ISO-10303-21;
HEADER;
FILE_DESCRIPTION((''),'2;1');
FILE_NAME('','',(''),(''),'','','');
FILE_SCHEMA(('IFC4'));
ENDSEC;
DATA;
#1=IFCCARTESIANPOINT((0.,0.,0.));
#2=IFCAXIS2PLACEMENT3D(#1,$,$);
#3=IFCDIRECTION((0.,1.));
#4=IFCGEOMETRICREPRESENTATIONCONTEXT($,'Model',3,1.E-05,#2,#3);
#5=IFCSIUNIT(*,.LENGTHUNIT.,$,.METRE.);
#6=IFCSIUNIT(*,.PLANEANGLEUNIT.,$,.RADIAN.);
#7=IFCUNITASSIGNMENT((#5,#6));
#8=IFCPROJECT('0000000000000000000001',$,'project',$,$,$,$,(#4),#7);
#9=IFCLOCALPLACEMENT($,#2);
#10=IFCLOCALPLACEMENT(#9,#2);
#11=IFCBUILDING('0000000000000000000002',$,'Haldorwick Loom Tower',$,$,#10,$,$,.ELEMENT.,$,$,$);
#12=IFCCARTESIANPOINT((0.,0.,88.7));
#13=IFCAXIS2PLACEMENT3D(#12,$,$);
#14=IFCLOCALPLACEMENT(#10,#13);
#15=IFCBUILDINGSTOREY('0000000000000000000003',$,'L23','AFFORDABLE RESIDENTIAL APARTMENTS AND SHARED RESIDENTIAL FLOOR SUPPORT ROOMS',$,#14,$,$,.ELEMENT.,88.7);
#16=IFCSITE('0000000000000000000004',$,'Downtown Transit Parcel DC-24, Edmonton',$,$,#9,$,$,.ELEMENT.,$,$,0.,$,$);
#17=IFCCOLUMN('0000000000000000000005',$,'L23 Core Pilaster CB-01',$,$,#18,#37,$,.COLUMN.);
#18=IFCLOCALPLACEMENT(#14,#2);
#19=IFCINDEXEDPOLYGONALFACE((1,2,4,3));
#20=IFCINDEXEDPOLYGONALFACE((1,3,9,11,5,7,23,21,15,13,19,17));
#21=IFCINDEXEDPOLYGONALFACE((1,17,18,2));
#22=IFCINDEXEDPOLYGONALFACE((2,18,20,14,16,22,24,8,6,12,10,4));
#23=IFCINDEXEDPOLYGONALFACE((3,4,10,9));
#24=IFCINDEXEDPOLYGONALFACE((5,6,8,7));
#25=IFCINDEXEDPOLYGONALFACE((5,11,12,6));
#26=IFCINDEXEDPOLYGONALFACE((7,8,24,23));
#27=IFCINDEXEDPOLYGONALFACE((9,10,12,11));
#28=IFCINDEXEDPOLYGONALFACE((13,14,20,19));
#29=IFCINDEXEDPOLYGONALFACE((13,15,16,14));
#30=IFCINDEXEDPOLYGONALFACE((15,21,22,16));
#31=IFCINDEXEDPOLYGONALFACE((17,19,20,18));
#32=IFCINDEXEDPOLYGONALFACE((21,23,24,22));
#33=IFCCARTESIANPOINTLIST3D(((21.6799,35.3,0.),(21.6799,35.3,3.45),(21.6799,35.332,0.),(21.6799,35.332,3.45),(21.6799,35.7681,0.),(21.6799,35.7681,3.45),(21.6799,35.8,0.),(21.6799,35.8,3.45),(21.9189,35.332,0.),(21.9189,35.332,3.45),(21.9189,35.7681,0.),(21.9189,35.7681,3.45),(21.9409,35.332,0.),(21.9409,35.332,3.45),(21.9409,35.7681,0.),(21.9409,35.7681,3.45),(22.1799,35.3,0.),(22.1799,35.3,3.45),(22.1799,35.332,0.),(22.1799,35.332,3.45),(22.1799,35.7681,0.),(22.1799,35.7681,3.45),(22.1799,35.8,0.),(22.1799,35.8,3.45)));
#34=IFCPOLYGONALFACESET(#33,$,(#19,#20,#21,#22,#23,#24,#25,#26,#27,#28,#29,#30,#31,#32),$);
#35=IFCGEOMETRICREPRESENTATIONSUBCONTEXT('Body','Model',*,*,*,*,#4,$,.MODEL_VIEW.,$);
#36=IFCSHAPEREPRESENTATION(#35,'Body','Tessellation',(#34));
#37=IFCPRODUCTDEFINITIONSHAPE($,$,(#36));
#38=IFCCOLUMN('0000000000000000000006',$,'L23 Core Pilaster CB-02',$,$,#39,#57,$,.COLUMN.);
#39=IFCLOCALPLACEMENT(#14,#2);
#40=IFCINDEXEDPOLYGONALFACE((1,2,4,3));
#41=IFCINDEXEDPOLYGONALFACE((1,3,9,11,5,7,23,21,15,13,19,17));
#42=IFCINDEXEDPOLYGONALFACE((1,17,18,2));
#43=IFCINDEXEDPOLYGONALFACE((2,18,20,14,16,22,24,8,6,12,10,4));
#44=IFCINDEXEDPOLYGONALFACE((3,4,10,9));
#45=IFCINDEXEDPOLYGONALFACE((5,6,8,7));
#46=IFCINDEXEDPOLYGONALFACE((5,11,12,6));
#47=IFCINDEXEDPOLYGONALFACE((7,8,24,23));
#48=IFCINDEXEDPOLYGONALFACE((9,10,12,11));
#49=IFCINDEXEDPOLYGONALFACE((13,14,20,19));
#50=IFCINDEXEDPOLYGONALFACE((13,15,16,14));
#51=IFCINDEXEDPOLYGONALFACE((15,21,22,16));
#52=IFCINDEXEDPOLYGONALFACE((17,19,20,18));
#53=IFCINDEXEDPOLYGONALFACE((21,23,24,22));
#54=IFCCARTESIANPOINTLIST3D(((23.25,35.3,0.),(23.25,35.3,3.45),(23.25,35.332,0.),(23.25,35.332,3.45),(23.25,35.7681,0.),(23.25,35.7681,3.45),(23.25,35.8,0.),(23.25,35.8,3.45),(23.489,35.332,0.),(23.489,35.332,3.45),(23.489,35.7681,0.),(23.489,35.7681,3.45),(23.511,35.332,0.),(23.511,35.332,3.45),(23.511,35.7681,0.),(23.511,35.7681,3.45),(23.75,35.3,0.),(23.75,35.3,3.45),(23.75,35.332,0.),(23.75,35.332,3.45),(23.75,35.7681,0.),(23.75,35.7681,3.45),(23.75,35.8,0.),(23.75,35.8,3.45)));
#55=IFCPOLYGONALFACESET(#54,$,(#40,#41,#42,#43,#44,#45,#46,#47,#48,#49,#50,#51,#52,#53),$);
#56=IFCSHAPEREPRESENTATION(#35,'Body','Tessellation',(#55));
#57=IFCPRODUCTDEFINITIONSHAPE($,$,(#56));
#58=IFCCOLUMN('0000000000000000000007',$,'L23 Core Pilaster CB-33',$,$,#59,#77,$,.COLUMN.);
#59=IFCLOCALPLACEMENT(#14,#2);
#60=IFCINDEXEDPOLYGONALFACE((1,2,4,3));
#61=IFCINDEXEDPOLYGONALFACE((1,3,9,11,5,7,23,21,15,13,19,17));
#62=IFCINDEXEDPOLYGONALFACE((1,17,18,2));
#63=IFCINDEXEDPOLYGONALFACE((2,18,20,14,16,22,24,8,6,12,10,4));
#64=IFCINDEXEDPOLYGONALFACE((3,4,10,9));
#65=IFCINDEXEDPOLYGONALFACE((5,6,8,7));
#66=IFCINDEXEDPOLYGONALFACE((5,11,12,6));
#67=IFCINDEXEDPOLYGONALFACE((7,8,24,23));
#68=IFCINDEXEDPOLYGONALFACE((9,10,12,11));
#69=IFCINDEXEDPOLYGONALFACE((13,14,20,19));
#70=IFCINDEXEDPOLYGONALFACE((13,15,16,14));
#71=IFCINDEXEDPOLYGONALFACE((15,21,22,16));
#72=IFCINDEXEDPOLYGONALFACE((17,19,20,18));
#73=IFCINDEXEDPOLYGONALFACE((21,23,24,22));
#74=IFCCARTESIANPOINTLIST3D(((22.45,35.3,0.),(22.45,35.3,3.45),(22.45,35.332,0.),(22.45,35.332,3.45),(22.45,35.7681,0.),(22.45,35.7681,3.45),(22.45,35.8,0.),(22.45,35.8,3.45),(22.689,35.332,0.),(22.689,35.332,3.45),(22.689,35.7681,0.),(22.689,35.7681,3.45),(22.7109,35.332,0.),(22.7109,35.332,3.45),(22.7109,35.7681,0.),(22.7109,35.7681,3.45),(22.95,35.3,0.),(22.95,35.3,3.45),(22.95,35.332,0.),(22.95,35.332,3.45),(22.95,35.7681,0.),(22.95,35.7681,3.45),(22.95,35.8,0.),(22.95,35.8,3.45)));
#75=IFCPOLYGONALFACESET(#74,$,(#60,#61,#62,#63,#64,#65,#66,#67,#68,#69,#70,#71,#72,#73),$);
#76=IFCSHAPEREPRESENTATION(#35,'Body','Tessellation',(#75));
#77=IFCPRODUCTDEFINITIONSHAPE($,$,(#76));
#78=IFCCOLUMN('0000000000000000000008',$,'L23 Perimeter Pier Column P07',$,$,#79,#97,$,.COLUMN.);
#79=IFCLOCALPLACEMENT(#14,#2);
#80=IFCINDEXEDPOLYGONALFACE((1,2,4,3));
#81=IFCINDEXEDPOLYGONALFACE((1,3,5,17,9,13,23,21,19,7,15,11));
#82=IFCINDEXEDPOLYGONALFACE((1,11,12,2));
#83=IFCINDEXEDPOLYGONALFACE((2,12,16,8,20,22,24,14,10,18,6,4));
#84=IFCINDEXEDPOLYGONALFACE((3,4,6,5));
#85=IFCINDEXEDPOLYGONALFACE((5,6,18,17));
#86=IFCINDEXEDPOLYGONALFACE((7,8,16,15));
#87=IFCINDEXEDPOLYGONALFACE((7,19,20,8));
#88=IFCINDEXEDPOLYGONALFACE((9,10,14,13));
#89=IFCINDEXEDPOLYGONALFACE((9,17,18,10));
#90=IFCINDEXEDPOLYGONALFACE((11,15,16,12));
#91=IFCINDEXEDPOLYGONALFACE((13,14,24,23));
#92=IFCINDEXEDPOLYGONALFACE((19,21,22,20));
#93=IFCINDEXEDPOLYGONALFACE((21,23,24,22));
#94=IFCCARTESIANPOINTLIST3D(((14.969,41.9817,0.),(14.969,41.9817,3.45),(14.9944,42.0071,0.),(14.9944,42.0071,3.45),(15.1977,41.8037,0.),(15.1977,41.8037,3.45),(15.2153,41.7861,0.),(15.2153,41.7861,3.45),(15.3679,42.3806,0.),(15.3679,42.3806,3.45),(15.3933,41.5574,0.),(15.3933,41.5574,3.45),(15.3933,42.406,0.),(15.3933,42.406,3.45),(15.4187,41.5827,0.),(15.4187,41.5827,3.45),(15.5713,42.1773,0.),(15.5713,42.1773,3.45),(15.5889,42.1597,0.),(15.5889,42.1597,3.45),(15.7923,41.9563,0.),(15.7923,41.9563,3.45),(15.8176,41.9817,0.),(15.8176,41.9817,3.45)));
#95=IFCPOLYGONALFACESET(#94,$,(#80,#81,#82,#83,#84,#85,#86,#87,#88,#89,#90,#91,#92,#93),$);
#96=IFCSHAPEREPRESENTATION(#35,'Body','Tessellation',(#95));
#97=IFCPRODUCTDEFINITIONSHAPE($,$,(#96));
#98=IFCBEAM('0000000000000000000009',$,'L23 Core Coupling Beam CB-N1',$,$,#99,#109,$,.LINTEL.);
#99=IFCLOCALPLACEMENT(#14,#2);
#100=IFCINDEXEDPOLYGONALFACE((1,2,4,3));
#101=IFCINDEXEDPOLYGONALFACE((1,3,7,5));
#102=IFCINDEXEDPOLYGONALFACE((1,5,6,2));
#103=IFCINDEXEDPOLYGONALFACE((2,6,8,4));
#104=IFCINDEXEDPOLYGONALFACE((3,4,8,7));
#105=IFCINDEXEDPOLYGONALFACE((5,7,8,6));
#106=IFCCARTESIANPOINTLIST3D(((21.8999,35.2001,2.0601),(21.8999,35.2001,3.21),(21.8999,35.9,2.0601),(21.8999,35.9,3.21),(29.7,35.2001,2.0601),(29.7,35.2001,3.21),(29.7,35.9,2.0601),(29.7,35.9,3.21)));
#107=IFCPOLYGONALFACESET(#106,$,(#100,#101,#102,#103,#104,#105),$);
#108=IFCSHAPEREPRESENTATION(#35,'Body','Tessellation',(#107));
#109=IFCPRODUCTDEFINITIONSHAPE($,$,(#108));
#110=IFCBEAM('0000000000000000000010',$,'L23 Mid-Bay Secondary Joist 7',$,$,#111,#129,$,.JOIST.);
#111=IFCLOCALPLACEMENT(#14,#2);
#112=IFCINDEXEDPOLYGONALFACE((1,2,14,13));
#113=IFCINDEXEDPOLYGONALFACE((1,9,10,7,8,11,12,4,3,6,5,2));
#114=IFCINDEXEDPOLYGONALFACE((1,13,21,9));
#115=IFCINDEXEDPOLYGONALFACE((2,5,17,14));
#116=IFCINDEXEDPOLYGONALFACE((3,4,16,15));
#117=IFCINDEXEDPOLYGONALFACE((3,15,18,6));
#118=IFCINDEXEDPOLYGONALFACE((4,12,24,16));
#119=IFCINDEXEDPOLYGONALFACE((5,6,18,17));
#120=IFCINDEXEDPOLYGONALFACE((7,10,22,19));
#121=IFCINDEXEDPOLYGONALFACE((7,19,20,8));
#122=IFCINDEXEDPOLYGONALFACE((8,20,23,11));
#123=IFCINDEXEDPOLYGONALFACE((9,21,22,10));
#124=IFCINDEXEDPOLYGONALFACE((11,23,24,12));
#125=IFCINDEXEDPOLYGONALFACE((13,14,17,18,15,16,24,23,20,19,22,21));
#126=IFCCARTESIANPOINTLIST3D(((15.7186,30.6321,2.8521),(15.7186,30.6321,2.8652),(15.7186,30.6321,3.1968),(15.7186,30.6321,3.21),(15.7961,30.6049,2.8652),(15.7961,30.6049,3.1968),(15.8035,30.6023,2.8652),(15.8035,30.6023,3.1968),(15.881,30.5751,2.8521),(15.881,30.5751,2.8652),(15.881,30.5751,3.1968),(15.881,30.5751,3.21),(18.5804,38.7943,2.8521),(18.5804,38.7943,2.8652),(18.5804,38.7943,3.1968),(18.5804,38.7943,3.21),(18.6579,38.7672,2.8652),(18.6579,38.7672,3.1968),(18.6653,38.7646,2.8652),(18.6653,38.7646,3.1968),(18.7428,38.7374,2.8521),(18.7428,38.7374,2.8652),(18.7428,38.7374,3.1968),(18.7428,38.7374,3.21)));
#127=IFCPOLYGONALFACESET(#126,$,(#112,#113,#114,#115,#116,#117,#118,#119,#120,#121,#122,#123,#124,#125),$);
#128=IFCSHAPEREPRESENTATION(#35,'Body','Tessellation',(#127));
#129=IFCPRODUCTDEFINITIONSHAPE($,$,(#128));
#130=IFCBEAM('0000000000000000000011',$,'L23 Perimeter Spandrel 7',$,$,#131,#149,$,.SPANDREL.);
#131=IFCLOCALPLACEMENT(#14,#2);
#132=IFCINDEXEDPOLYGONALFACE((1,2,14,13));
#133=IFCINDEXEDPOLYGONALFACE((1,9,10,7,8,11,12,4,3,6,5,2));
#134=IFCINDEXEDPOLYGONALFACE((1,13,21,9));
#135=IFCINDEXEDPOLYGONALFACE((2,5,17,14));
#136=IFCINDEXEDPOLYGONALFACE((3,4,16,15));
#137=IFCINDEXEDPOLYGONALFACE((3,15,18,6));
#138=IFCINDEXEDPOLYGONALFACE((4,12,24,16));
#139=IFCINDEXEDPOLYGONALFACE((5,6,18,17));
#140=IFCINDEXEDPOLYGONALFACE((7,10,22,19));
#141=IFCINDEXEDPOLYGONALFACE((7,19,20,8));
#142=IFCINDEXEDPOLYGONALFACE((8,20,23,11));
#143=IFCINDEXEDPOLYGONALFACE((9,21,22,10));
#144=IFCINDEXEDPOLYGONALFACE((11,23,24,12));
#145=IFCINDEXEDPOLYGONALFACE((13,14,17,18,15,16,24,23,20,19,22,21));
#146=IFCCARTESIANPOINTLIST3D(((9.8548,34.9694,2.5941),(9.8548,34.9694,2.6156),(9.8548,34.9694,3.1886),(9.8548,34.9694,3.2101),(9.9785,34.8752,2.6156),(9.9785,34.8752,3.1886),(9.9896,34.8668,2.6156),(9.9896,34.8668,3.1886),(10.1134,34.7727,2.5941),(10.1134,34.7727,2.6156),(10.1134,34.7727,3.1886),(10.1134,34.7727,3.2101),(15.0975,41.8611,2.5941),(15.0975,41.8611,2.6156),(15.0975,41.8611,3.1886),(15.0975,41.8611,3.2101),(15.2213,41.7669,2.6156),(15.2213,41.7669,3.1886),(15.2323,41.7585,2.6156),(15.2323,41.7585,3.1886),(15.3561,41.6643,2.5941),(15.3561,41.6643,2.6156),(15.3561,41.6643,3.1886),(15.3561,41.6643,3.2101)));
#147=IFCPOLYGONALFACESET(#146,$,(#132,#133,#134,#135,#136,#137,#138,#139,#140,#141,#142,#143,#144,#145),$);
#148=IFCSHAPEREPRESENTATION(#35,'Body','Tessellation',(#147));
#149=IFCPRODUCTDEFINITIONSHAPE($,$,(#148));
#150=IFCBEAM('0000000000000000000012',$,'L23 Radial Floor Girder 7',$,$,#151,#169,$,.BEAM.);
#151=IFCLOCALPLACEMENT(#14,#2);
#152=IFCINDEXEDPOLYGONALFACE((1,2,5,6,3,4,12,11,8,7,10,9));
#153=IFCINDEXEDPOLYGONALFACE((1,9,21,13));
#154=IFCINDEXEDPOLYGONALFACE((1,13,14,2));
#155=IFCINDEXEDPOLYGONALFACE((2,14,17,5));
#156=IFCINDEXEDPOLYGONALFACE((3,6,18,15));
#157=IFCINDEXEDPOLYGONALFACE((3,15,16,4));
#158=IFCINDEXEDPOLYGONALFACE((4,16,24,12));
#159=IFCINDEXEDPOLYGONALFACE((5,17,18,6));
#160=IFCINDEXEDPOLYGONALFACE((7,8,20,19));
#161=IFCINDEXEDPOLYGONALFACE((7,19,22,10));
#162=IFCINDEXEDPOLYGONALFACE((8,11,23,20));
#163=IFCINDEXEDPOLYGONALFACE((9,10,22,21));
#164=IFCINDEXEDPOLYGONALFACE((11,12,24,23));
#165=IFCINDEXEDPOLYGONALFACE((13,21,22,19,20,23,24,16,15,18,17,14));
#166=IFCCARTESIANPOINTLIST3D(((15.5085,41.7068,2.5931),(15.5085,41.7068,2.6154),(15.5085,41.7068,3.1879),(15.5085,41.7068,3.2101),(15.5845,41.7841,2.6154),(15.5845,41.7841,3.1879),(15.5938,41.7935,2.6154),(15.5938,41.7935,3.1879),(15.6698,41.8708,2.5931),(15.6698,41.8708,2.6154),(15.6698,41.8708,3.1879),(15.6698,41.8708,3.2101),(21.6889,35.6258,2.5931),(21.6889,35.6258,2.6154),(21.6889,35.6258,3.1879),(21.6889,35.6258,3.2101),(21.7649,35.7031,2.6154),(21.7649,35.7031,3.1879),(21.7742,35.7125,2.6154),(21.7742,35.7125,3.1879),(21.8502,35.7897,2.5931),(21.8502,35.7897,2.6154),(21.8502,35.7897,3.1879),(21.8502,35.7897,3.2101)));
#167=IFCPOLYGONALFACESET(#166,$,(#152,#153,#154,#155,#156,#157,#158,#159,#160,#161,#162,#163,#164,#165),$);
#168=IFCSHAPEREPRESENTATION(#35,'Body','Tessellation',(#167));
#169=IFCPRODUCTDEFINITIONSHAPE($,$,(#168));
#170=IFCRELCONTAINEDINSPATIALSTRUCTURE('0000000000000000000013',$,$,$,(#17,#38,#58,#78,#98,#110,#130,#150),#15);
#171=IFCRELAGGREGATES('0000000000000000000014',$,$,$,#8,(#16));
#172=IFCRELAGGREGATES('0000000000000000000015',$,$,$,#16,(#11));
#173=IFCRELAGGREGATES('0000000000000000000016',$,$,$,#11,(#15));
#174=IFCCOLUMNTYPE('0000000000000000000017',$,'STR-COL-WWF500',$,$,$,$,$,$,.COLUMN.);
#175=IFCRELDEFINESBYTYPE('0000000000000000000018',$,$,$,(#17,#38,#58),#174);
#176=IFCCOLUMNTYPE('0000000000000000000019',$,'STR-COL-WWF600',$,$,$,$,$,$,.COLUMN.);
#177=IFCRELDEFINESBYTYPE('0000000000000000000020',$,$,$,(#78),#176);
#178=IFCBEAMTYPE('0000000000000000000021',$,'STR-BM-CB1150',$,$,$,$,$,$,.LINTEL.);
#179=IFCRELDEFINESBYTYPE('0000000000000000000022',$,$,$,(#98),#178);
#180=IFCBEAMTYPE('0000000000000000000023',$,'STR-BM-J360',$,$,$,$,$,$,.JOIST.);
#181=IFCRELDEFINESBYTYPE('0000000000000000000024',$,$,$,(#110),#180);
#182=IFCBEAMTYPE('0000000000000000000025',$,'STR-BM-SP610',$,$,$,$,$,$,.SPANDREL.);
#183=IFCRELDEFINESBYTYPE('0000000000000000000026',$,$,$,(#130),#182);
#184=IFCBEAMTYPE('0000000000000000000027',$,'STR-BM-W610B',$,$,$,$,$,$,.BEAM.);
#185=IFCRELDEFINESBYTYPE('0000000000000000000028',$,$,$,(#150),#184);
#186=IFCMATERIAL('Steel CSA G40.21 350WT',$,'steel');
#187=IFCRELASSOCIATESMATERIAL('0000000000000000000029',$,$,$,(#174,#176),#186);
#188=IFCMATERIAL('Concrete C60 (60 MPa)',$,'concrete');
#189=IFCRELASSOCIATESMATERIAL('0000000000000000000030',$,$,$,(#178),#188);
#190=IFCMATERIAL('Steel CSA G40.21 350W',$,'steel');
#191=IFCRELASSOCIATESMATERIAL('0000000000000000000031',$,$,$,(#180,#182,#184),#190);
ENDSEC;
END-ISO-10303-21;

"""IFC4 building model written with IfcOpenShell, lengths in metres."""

from ifc_helpers import new_model, si_unit, direction, frame, origin, origin_2d, place, context, subcontext, project, spatial, rectangle, i_section, extrude, material, material_profile, profile_set, type_object, element, save


model = new_model("IFC4")

# Units and contexts
model_context = context("Model", 3, precision=1e-05, world=origin(), true_north=direction((0.0, 1.0)))
body_context = subcontext(model_context, "Body", "Model", "MODEL_VIEW")
ifc_project = project(units=[si_unit("LENGTHUNIT", "METRE"), si_unit("PLANEANGLEUNIT", "RADIAN")], contexts=[model_context])

# Site, building, storey
site_placement = place(None, origin())
site = spatial("IfcSite", under=ifc_project, at=site_placement, Name="Downtown Transit Parcel DC-24, Edmonton", CompositionType="ELEMENT", RefElevation=0.0)
building_placement = place(site_placement, origin())
building = spatial("IfcBuilding", under=site, at=building_placement, Name="Haldorwick Loom Tower", CompositionType="ELEMENT")
storey_placement = place(building_placement, frame((0.0, 0.0, 88.7)))
storey = spatial("IfcBuildingStorey", under=building, at=storey_placement, Name="L23", Description="AFFORDABLE RESIDENTIAL APARTMENTS AND SHARED RESIDENTIAL FLOOR SUPPORT ROOMS", CompositionType="ELEMENT", Elevation=88.7)

# Columns
ifc_material_1 = material(Name="Steel CSA G40.21 350WT", Category="steel")
ifc_material_profile_1 = material_profile(ifc_material_1, i_section(OverallWidth=0.5, OverallDepth=0.5, WebThickness=0.022, FlangeThickness=0.032, at=origin_2d()), Name="WWF500X500", Category="steel")
ifc_profile_set_1 = profile_set([ifc_material_profile_1], Name="Steel CSA G40.21 350WT")
column_type_1 = type_object("IfcColumnType", Name="STR-COL-WWF500", PredefinedType="COLUMN", material=ifc_profile_set_1)
for number, where, z_axis, x_axis, name in (
    (1, (21.9299, 35.55, 0.0), (0.0, 0.0, 1.0), (1.0, 0.0, 0.0), "L23 Core Pilaster CB-01"),
    (2, (23.5, 35.55, 0.0), (0.0, 0.0, 1.0), (1.0, 0.0, 0.0), "L23 Core Pilaster CB-02"),
    (3, (22.7, 35.55, 0.0), (0.0, 0.0, 1.0), (1.0, 0.0, 0.0), "L23 Core Pilaster CB-33"),
):
    element("IfcColumn", number, at=place(storey_placement, frame(where, z_axis=z_axis, x_axis=x_axis)), inside=storey, type_object=column_type_1, Name=name, PredefinedType="COLUMN", context=body_context, shape_type="SweptSolid", body=[
        extrude(i_section(OverallWidth=0.5, OverallDepth=0.5, WebThickness=0.022, FlangeThickness=0.032, at=origin_2d()), origin(), (0.0, 0.0, 1.0), 3.45),
    ])
ifc_material_profile_2 = material_profile(ifc_material_1, i_section(OverallWidth=0.6001, OverallDepth=0.6001, WebThickness=0.0249, FlangeThickness=0.0359, at=origin_2d()), Name="WWF600X600", Category="steel")
ifc_profile_set_2 = profile_set([ifc_material_profile_2], Name="Steel CSA G40.21 350WT")
column_type_2 = type_object("IfcColumnType", Name="STR-COL-WWF600", PredefinedType="COLUMN", material=ifc_profile_set_2)
column_placement = place(storey_placement, frame((15.3933, 41.9817, 0.0), z_axis=(0.0, 0.0, 1.0), x_axis=(-0.707107, 0.707107, 0.0)))
element("IfcColumn", 4, at=column_placement, inside=storey, type_object=column_type_2, Name="L23 Perimeter Pier Column P07", PredefinedType="COLUMN", context=body_context, shape_type="SweptSolid", body=[
    extrude(i_section(OverallWidth=0.6001, OverallDepth=0.6001, WebThickness=0.0249, FlangeThickness=0.0359, at=origin_2d()), origin(), (0.0, 0.0, 1.0), 3.45),
])

# Beams
ifc_material_2 = material(Name="Concrete C60 (60 MPa)", Category="concrete")
ifc_material_profile_3 = material_profile(ifc_material_2, rectangle(XDim=0.7, YDim=1.1499, at=origin_2d()), Name="RC700X1150", Category="concrete")
ifc_profile_set_3 = profile_set([ifc_material_profile_3], Name="Concrete C60 (60 MPa)")
beam_type_1 = type_object("IfcBeamType", Name="STR-BM-CB1150", PredefinedType="LINTEL", material=ifc_profile_set_3)
beam_1_placement = place(storey_placement, frame((21.8999, 35.55, 2.635), z_axis=(1.0, 0.0, 0.0), x_axis=(0.0, 1.0, 0.0)))
element("IfcBeam", 5, at=beam_1_placement, inside=storey, type_object=beam_type_1, Name="L23 Core Coupling Beam CB-N1", PredefinedType="LINTEL", context=body_context, shape_type="SweptSolid", body=[
    extrude(rectangle(XDim=0.7, YDim=1.1499, at=origin_2d()), origin(), (0.0, 0.0, 1.0), 7.8),
])
ifc_material_3 = material(Name="Steel CSA G40.21 350W", Category="steel")
ifc_material_profile_4 = material_profile(ifc_material_3, i_section(OverallWidth=0.1721, OverallDepth=0.3579, WebThickness=0.0078, FlangeThickness=0.0132, at=origin_2d()), Name="W360X57", Category="steel")
ifc_profile_set_4 = profile_set([ifc_material_profile_4], Name="Steel CSA G40.21 350W")
beam_type_2 = type_object("IfcBeamType", Name="STR-BM-J360", PredefinedType="JOIST", material=ifc_profile_set_4)
beam_2_placement = place(storey_placement, frame((18.6616, 38.7659, 3.031), z_axis=(-0.330865, -0.943678, 0.0), x_axis=(0.943678, -0.330865, 0.0)))
element("IfcBeam", 6, at=beam_2_placement, inside=storey, type_object=beam_type_2, Name="L23 Mid-Bay Secondary Joist 7", PredefinedType="JOIST", context=body_context, shape_type="SweptSolid", body=[
    extrude(i_section(OverallWidth=0.1721, OverallDepth=0.3579, WebThickness=0.0078, FlangeThickness=0.0132, at=origin_2d()), origin(), (0.0, 0.0, 1.0), 8.6494),
])
ifc_material_profile_5 = material_profile(ifc_material_3, i_section(OverallWidth=0.325, OverallDepth=0.616, WebThickness=0.0139, FlangeThickness=0.0215, at=origin_2d()), Name="W610X174", Category="steel")
ifc_profile_set_5 = profile_set([ifc_material_profile_5], Name="Steel CSA G40.21 350W")
beam_type_3 = type_object("IfcBeamType", Name="STR-BM-SP610", PredefinedType="SPANDREL", material=ifc_profile_set_5)
beam_3_placement = place(storey_placement, frame((15.2268, 41.7627, 2.9021), z_axis=(-0.605454, -0.795881, 0.0), x_axis=(0.795881, -0.605454, 0.0)))
element("IfcBeam", 7, at=beam_3_placement, inside=storey, type_object=beam_type_3, Name="L23 Perimeter Spandrel 7", PredefinedType="SPANDREL", context=body_context, shape_type="SweptSolid", body=[
    extrude(i_section(OverallWidth=0.325, OverallDepth=0.616, WebThickness=0.0139, FlangeThickness=0.0215, at=origin_2d()), origin(), (0.0, 0.0, 1.0), 8.6592),
])
ifc_material_profile_6 = material_profile(ifc_material_3, i_section(OverallWidth=0.23, OverallDepth=0.6169, WebThickness=0.0132, FlangeThickness=0.0222, at=origin_2d()), Name="W610X140", Category="steel")
ifc_profile_set_6 = profile_set([ifc_material_profile_6], Name="Steel CSA G40.21 350W")
beam_type_4 = type_object("IfcBeamType", Name="STR-BM-W610B", PredefinedType="BEAM", material=ifc_profile_set_6)
beam_4_placement = place(storey_placement, frame((21.7695, 35.7078, 2.9016), z_axis=(-0.712814, 0.701353, 0.0), x_axis=(-0.701353, -0.712814, 0.0)))
element("IfcBeam", 8, at=beam_4_placement, inside=storey, type_object=beam_type_4, Name="L23 Radial Floor Girder 7", PredefinedType="BEAM", context=body_context, shape_type="SweptSolid", body=[
    extrude(i_section(OverallWidth=0.23, OverallDepth=0.6169, WebThickness=0.0132, FlangeThickness=0.0222, at=origin_2d()), origin(), (0.0, 0.0, 1.0), 8.6704),
])

save(model, "model.ifc")
